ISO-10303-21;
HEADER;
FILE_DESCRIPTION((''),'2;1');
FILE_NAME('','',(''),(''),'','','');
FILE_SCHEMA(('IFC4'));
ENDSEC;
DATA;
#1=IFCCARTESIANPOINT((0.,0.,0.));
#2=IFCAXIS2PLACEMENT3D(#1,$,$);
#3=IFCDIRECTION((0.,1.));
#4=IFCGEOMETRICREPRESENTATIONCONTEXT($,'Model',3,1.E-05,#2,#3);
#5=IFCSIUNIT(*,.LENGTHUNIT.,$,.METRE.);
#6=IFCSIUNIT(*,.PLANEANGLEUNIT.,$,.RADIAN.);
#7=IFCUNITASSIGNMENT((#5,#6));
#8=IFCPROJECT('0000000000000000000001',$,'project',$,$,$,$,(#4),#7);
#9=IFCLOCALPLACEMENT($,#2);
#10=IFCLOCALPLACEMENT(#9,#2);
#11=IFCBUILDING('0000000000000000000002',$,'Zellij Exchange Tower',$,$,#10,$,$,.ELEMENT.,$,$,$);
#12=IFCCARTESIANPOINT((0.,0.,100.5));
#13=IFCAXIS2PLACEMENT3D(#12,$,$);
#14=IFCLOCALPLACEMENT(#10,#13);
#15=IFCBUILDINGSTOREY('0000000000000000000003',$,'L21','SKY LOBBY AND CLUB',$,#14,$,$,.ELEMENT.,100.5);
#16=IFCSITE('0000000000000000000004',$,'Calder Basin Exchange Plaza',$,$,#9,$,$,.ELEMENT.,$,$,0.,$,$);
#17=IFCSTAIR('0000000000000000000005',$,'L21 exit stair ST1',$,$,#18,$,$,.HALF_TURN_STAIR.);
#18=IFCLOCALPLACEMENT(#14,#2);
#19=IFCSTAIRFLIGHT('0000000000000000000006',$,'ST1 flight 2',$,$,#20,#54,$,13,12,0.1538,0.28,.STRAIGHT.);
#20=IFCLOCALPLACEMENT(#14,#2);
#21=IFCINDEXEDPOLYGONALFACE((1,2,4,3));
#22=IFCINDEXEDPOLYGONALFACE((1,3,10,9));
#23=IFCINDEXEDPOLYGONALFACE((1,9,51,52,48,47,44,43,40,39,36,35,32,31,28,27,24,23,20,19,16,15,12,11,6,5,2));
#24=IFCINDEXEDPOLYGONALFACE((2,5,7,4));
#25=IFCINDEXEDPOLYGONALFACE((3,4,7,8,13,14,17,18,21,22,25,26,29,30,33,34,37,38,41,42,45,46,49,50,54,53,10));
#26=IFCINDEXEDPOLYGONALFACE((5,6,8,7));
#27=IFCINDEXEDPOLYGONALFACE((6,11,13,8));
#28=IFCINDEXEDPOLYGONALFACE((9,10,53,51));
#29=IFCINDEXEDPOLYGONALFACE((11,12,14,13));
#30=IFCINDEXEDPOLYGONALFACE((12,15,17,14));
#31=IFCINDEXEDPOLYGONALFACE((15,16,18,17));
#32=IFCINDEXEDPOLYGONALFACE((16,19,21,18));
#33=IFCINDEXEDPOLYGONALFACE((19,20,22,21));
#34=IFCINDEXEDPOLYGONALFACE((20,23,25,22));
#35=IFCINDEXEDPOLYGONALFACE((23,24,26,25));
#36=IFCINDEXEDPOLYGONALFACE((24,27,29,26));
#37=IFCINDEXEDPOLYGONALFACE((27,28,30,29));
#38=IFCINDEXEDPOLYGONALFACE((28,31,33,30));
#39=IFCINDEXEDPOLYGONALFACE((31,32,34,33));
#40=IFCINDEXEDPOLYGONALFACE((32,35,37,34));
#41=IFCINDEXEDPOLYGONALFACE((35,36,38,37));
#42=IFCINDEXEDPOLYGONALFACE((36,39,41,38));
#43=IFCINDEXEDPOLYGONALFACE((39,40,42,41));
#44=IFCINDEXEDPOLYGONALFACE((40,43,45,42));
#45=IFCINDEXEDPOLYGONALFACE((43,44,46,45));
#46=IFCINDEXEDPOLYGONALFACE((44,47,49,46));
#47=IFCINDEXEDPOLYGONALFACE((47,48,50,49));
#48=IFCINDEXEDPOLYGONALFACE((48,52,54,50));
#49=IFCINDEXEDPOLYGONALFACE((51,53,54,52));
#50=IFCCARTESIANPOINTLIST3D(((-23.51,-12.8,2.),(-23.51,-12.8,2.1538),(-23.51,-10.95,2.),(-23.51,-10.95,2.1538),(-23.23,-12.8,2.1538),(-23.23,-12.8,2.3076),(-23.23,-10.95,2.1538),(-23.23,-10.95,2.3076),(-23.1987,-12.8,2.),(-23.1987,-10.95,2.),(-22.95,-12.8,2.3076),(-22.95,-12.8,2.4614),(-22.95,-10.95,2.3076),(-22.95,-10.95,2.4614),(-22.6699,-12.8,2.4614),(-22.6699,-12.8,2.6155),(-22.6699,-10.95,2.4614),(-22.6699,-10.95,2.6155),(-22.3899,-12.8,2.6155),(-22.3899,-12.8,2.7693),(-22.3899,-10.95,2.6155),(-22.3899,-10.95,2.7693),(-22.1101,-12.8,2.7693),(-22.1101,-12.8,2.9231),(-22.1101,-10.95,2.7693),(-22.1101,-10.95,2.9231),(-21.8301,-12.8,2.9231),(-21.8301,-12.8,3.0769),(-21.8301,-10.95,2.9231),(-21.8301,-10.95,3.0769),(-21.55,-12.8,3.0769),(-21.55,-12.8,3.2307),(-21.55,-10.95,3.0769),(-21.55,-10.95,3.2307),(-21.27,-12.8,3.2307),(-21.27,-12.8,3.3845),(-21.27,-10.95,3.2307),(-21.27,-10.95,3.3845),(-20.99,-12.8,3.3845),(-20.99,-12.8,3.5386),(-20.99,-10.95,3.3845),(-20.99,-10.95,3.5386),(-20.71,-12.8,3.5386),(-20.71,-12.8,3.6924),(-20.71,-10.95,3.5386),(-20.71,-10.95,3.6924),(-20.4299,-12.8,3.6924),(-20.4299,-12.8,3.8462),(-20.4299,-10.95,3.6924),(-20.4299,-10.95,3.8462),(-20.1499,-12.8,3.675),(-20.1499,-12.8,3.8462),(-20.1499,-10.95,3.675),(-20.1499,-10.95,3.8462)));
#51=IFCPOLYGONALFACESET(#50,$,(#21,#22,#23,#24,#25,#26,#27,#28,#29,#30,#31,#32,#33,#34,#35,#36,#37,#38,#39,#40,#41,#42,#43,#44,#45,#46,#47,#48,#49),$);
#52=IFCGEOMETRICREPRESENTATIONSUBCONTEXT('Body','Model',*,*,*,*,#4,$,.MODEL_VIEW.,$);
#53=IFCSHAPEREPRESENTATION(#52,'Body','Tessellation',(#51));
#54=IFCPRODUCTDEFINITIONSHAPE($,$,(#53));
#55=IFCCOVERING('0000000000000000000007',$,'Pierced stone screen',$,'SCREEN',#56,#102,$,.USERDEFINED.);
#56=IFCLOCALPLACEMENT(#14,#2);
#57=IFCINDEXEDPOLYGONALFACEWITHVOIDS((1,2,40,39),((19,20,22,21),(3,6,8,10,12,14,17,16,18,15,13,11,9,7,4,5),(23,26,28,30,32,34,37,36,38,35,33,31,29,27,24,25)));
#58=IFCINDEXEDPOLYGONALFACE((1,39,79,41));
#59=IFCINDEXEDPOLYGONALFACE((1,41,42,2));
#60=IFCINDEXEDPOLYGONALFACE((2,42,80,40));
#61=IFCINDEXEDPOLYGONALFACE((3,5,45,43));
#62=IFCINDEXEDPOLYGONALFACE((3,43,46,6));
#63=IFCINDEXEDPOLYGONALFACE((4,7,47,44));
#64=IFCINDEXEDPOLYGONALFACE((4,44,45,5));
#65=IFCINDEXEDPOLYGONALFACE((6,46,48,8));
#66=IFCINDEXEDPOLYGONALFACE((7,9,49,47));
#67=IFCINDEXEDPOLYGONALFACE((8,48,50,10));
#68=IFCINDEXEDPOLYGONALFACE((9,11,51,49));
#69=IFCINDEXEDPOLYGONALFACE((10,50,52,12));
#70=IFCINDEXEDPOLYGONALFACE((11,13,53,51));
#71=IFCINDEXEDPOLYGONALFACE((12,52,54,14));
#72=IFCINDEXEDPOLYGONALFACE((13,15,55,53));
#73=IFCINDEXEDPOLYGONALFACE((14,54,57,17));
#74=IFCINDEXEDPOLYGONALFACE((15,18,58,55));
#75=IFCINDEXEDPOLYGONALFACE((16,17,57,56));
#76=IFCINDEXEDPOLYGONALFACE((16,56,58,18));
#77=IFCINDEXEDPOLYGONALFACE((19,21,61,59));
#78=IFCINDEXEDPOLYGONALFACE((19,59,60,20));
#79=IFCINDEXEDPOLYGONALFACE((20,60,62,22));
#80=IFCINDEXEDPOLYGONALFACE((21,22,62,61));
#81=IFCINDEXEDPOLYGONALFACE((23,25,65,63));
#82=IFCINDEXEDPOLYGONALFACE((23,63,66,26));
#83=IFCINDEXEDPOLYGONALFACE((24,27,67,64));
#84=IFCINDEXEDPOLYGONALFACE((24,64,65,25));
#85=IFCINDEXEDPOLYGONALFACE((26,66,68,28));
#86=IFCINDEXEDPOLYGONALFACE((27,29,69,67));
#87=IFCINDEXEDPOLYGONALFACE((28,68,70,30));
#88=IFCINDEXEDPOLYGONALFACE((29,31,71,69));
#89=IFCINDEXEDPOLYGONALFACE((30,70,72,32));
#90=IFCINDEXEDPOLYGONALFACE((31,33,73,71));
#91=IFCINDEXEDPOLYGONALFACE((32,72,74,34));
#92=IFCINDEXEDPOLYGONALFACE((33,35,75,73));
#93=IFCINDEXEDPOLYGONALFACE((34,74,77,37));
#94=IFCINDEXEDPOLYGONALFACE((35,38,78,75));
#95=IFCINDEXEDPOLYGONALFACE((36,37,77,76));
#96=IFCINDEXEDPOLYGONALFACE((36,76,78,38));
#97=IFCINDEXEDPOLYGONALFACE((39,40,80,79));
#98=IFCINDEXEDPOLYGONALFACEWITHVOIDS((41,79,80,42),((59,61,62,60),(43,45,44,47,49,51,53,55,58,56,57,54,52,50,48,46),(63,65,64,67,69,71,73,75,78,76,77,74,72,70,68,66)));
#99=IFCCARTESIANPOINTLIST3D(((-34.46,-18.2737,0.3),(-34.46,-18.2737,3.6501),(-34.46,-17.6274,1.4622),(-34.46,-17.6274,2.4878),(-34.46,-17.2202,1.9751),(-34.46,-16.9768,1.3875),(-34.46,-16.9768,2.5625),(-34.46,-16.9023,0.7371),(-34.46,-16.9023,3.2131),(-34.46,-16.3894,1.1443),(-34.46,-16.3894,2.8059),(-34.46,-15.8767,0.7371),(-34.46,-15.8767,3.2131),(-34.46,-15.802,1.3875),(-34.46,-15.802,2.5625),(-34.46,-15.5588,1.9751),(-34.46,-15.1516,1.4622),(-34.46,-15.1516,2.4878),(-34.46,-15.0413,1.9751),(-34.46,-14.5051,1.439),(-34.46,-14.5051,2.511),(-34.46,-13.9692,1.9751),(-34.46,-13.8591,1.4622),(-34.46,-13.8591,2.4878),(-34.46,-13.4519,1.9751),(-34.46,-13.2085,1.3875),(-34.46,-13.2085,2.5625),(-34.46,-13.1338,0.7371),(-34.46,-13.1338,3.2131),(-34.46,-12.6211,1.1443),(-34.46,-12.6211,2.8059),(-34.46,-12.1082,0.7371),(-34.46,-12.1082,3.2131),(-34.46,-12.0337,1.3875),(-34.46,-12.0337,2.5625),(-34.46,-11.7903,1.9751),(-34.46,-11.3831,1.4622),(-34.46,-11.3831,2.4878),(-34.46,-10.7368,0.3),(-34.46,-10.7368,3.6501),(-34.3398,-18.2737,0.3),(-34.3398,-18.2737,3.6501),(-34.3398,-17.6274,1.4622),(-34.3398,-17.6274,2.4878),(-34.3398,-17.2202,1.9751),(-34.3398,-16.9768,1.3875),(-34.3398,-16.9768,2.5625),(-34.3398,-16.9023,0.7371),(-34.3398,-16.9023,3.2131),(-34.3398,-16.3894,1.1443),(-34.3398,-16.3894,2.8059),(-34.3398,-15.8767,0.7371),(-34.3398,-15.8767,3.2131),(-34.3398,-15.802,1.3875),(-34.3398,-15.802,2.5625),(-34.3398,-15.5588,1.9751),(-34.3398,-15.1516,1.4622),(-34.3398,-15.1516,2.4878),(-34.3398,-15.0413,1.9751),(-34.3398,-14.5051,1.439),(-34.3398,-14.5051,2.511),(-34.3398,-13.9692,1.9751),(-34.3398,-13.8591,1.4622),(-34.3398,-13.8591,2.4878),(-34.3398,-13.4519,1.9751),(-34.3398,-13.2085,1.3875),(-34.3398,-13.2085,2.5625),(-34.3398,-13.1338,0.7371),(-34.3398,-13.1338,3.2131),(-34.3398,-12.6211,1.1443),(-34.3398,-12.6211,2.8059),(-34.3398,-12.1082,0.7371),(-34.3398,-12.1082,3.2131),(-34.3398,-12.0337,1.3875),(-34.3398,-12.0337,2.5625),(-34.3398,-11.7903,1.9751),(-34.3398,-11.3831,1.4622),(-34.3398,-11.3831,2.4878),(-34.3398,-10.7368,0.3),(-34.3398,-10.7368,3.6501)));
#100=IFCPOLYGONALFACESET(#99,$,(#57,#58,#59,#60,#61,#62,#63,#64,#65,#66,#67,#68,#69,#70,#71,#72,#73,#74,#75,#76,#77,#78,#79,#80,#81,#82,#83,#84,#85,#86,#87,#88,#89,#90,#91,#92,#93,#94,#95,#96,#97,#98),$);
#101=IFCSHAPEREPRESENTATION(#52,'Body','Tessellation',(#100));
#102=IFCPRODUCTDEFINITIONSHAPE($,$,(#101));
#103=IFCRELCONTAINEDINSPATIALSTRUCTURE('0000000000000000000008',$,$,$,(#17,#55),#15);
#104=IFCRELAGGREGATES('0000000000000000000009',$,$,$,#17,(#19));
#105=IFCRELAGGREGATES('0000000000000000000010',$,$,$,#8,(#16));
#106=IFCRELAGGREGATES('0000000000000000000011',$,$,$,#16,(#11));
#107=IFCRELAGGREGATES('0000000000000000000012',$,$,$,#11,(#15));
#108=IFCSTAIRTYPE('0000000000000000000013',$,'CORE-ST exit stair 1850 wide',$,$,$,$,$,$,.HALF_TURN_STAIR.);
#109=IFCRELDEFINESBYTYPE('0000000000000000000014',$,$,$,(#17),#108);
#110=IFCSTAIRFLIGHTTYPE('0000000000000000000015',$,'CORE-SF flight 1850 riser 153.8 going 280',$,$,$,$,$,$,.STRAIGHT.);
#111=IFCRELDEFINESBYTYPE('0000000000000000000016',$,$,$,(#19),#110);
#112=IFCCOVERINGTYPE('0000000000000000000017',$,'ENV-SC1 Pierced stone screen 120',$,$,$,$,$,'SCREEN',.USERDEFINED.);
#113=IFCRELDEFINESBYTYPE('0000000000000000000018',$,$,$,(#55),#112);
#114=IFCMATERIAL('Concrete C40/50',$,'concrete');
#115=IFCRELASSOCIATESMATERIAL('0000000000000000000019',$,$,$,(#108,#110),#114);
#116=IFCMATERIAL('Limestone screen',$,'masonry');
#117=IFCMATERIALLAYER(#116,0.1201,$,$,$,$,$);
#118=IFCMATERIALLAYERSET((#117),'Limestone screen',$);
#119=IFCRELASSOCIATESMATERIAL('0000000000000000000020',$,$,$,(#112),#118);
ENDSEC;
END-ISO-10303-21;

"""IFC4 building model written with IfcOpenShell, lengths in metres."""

from ifc_helpers import new_model, si_unit, direction, frame, origin, place, context, subcontext, project, spatial, polyline, outline, extrude, material, layer, layer_set, type_object, element, aggregate, save


model = new_model("IFC4")

# Units and contexts
model_context = context("Model", 3, precision=1e-05, world=origin(), true_north=direction((0.0, 1.0)))
body_context = subcontext(model_context, "Body", "Model", "MODEL_VIEW")
ifc_project = project(units=[si_unit("LENGTHUNIT", "METRE"), si_unit("PLANEANGLEUNIT", "RADIAN")], contexts=[model_context])

# Site, building, storey
site_placement = place(None, origin())
site = spatial("IfcSite", under=ifc_project, at=site_placement, Name="Calder Basin Exchange Plaza", CompositionType="ELEMENT", RefElevation=0.0)
building_placement = place(site_placement, origin())
building = spatial("IfcBuilding", under=site, at=building_placement, Name="Zellij Exchange Tower", CompositionType="ELEMENT")
storey_placement = place(building_placement, frame((0.0, 0.0, 100.5)))
storey = spatial("IfcBuildingStorey", under=building, at=storey_placement, Name="L21", Description="SKY LOBBY AND CLUB", CompositionType="ELEMENT", Elevation=100.5)

# Stair, stair flight
ifc_material_1 = material(Name="Concrete C40/50", Category="concrete")
stair_type = type_object("IfcStairType", Name="CORE-ST exit stair 1850 wide", PredefinedType="HALF_TURN_STAIR", material=ifc_material_1)
stair_placement = place(storey_placement, origin())
stair = element("IfcStair", 1, at=stair_placement, inside=storey, type_object=stair_type, Name="L21 exit stair ST1", PredefinedType="HALF_TURN_STAIR")
stair_flight_type = type_object("IfcStairFlightType", Name="CORE-SF flight 1850 riser 153.8 going 280", PredefinedType="STRAIGHT", material=ifc_material_1)
stair_flight_placement = place(storey_placement, frame((-23.51, -11.875, 2.0), z_axis=(0.0, 0.0, 1.0), x_axis=(1.0, 0.0, 0.0)))
stair_flight = element("IfcStairFlight", 2, at=stair_flight_placement, type_object=stair_flight_type, Name="ST1 flight 2", NumberOfRisers=13, NumberOfTreads=12, PredefinedType="STRAIGHT", RiserHeight=0.1538, TreadLength=0.28, context=body_context, shape_type="SweptSolid", body=[
    extrude(outline(polyline([(0.0, 0.0), (0.0, 0.1538), (0.28, 0.1538), (0.28, 0.3076), (0.5601, 0.3076), (0.5601, 0.4614), (0.8401, 0.4614), (0.8401, 0.6155), (1.1201, 0.6155), (1.1201, 0.7693), (1.3999, 0.7693), (1.3999, 0.9231), (1.6799, 0.9231), (1.6799, 1.0769), (1.96, 1.0769), (1.96, 1.2307), (2.24, 1.2307), (2.24, 1.3845), (2.52, 1.3845), (2.52, 1.5386), (2.8, 1.5386), (2.8, 1.6924), (3.0801, 1.6924), (3.0801, 1.8462), (3.3601, 1.8462), (3.3601, 2.0), (3.3601, 1.675), (0.3113, 0.0), (0.0, 0.0)])), frame((0.0, 0.925, 0.0), z_axis=(0.0, -1.0, 0.0), x_axis=(1.0, 0.0, 0.0)), (0.0, 0.0, 1.0), 1.8501),
])
aggregate(stair, [stair_flight])

# Covering
ifc_material_2 = material(Name="Limestone screen", Category="masonry")
ifc_layer_1 = layer(ifc_material_2, 0.1201)
ifc_layer_set_1 = layer_set([ifc_layer_1], Name="Limestone screen")
covering_type = type_object("IfcCoveringType", Name="ENV-SC1 Pierced stone screen 120", ElementType="SCREEN", PredefinedType="USERDEFINED", material=ifc_layer_set_1)
covering_placement = place(storey_placement, frame((-34.3999, -10.7368, 0.3), z_axis=(0.0, 0.0, 1.0), x_axis=(0.0, -1.0, 0.0)))
element("IfcCovering", 3, at=covering_placement, inside=storey, type_object=covering_type, Name="Pierced stone screen", ObjectType="SCREEN", PredefinedType="USERDEFINED", context=body_context, shape_type="SweptSolid", body=[
    extrude(outline(polyline([(0.0, 0.0), (7.5369, 0.0), (7.5369, 3.3501), (0.0, 3.3501), (0.0, 0.0)]), holes=[polyline([(3.1223, 2.1877), (2.4717, 2.2625), (2.397, 2.9131), (1.8843, 2.5059), (1.3713, 2.9131), (1.2969, 2.2625), (0.6462, 2.1877), (1.0535, 1.675), (0.6462, 1.1621), (1.2969, 1.0874), (1.3713, 0.437), (1.8843, 0.8442), (2.397, 0.437), (2.4717, 1.0874), (3.1223, 1.1621), (2.7151, 1.675), (3.1223, 2.1877)]), polyline([(6.8906, 2.1877), (6.24, 2.2625), (6.1655, 2.9131), (5.6526, 2.5059), (5.1399, 2.9131), (5.0652, 2.2625), (4.4148, 2.1877), (4.822, 1.675), (4.4148, 1.1621), (5.0652, 1.0874), (5.1399, 0.437), (5.6526, 0.8442), (6.1655, 0.437), (6.24, 1.0874), (6.8906, 1.1621), (6.4834, 1.675), (6.8906, 2.1877)]), polyline([(4.3044, 1.675), (3.7683, 2.2109), (3.2324, 1.675), (3.7683, 1.1389), (4.3044, 1.675)])]), frame((0.0, 0.0601, 0.0), z_axis=(0.0, -1.0, 0.0), x_axis=(1.0, 0.0, 0.0)), (0.0, 0.0, 1.0), 0.1201),
])

save(model, "model.ifc")
